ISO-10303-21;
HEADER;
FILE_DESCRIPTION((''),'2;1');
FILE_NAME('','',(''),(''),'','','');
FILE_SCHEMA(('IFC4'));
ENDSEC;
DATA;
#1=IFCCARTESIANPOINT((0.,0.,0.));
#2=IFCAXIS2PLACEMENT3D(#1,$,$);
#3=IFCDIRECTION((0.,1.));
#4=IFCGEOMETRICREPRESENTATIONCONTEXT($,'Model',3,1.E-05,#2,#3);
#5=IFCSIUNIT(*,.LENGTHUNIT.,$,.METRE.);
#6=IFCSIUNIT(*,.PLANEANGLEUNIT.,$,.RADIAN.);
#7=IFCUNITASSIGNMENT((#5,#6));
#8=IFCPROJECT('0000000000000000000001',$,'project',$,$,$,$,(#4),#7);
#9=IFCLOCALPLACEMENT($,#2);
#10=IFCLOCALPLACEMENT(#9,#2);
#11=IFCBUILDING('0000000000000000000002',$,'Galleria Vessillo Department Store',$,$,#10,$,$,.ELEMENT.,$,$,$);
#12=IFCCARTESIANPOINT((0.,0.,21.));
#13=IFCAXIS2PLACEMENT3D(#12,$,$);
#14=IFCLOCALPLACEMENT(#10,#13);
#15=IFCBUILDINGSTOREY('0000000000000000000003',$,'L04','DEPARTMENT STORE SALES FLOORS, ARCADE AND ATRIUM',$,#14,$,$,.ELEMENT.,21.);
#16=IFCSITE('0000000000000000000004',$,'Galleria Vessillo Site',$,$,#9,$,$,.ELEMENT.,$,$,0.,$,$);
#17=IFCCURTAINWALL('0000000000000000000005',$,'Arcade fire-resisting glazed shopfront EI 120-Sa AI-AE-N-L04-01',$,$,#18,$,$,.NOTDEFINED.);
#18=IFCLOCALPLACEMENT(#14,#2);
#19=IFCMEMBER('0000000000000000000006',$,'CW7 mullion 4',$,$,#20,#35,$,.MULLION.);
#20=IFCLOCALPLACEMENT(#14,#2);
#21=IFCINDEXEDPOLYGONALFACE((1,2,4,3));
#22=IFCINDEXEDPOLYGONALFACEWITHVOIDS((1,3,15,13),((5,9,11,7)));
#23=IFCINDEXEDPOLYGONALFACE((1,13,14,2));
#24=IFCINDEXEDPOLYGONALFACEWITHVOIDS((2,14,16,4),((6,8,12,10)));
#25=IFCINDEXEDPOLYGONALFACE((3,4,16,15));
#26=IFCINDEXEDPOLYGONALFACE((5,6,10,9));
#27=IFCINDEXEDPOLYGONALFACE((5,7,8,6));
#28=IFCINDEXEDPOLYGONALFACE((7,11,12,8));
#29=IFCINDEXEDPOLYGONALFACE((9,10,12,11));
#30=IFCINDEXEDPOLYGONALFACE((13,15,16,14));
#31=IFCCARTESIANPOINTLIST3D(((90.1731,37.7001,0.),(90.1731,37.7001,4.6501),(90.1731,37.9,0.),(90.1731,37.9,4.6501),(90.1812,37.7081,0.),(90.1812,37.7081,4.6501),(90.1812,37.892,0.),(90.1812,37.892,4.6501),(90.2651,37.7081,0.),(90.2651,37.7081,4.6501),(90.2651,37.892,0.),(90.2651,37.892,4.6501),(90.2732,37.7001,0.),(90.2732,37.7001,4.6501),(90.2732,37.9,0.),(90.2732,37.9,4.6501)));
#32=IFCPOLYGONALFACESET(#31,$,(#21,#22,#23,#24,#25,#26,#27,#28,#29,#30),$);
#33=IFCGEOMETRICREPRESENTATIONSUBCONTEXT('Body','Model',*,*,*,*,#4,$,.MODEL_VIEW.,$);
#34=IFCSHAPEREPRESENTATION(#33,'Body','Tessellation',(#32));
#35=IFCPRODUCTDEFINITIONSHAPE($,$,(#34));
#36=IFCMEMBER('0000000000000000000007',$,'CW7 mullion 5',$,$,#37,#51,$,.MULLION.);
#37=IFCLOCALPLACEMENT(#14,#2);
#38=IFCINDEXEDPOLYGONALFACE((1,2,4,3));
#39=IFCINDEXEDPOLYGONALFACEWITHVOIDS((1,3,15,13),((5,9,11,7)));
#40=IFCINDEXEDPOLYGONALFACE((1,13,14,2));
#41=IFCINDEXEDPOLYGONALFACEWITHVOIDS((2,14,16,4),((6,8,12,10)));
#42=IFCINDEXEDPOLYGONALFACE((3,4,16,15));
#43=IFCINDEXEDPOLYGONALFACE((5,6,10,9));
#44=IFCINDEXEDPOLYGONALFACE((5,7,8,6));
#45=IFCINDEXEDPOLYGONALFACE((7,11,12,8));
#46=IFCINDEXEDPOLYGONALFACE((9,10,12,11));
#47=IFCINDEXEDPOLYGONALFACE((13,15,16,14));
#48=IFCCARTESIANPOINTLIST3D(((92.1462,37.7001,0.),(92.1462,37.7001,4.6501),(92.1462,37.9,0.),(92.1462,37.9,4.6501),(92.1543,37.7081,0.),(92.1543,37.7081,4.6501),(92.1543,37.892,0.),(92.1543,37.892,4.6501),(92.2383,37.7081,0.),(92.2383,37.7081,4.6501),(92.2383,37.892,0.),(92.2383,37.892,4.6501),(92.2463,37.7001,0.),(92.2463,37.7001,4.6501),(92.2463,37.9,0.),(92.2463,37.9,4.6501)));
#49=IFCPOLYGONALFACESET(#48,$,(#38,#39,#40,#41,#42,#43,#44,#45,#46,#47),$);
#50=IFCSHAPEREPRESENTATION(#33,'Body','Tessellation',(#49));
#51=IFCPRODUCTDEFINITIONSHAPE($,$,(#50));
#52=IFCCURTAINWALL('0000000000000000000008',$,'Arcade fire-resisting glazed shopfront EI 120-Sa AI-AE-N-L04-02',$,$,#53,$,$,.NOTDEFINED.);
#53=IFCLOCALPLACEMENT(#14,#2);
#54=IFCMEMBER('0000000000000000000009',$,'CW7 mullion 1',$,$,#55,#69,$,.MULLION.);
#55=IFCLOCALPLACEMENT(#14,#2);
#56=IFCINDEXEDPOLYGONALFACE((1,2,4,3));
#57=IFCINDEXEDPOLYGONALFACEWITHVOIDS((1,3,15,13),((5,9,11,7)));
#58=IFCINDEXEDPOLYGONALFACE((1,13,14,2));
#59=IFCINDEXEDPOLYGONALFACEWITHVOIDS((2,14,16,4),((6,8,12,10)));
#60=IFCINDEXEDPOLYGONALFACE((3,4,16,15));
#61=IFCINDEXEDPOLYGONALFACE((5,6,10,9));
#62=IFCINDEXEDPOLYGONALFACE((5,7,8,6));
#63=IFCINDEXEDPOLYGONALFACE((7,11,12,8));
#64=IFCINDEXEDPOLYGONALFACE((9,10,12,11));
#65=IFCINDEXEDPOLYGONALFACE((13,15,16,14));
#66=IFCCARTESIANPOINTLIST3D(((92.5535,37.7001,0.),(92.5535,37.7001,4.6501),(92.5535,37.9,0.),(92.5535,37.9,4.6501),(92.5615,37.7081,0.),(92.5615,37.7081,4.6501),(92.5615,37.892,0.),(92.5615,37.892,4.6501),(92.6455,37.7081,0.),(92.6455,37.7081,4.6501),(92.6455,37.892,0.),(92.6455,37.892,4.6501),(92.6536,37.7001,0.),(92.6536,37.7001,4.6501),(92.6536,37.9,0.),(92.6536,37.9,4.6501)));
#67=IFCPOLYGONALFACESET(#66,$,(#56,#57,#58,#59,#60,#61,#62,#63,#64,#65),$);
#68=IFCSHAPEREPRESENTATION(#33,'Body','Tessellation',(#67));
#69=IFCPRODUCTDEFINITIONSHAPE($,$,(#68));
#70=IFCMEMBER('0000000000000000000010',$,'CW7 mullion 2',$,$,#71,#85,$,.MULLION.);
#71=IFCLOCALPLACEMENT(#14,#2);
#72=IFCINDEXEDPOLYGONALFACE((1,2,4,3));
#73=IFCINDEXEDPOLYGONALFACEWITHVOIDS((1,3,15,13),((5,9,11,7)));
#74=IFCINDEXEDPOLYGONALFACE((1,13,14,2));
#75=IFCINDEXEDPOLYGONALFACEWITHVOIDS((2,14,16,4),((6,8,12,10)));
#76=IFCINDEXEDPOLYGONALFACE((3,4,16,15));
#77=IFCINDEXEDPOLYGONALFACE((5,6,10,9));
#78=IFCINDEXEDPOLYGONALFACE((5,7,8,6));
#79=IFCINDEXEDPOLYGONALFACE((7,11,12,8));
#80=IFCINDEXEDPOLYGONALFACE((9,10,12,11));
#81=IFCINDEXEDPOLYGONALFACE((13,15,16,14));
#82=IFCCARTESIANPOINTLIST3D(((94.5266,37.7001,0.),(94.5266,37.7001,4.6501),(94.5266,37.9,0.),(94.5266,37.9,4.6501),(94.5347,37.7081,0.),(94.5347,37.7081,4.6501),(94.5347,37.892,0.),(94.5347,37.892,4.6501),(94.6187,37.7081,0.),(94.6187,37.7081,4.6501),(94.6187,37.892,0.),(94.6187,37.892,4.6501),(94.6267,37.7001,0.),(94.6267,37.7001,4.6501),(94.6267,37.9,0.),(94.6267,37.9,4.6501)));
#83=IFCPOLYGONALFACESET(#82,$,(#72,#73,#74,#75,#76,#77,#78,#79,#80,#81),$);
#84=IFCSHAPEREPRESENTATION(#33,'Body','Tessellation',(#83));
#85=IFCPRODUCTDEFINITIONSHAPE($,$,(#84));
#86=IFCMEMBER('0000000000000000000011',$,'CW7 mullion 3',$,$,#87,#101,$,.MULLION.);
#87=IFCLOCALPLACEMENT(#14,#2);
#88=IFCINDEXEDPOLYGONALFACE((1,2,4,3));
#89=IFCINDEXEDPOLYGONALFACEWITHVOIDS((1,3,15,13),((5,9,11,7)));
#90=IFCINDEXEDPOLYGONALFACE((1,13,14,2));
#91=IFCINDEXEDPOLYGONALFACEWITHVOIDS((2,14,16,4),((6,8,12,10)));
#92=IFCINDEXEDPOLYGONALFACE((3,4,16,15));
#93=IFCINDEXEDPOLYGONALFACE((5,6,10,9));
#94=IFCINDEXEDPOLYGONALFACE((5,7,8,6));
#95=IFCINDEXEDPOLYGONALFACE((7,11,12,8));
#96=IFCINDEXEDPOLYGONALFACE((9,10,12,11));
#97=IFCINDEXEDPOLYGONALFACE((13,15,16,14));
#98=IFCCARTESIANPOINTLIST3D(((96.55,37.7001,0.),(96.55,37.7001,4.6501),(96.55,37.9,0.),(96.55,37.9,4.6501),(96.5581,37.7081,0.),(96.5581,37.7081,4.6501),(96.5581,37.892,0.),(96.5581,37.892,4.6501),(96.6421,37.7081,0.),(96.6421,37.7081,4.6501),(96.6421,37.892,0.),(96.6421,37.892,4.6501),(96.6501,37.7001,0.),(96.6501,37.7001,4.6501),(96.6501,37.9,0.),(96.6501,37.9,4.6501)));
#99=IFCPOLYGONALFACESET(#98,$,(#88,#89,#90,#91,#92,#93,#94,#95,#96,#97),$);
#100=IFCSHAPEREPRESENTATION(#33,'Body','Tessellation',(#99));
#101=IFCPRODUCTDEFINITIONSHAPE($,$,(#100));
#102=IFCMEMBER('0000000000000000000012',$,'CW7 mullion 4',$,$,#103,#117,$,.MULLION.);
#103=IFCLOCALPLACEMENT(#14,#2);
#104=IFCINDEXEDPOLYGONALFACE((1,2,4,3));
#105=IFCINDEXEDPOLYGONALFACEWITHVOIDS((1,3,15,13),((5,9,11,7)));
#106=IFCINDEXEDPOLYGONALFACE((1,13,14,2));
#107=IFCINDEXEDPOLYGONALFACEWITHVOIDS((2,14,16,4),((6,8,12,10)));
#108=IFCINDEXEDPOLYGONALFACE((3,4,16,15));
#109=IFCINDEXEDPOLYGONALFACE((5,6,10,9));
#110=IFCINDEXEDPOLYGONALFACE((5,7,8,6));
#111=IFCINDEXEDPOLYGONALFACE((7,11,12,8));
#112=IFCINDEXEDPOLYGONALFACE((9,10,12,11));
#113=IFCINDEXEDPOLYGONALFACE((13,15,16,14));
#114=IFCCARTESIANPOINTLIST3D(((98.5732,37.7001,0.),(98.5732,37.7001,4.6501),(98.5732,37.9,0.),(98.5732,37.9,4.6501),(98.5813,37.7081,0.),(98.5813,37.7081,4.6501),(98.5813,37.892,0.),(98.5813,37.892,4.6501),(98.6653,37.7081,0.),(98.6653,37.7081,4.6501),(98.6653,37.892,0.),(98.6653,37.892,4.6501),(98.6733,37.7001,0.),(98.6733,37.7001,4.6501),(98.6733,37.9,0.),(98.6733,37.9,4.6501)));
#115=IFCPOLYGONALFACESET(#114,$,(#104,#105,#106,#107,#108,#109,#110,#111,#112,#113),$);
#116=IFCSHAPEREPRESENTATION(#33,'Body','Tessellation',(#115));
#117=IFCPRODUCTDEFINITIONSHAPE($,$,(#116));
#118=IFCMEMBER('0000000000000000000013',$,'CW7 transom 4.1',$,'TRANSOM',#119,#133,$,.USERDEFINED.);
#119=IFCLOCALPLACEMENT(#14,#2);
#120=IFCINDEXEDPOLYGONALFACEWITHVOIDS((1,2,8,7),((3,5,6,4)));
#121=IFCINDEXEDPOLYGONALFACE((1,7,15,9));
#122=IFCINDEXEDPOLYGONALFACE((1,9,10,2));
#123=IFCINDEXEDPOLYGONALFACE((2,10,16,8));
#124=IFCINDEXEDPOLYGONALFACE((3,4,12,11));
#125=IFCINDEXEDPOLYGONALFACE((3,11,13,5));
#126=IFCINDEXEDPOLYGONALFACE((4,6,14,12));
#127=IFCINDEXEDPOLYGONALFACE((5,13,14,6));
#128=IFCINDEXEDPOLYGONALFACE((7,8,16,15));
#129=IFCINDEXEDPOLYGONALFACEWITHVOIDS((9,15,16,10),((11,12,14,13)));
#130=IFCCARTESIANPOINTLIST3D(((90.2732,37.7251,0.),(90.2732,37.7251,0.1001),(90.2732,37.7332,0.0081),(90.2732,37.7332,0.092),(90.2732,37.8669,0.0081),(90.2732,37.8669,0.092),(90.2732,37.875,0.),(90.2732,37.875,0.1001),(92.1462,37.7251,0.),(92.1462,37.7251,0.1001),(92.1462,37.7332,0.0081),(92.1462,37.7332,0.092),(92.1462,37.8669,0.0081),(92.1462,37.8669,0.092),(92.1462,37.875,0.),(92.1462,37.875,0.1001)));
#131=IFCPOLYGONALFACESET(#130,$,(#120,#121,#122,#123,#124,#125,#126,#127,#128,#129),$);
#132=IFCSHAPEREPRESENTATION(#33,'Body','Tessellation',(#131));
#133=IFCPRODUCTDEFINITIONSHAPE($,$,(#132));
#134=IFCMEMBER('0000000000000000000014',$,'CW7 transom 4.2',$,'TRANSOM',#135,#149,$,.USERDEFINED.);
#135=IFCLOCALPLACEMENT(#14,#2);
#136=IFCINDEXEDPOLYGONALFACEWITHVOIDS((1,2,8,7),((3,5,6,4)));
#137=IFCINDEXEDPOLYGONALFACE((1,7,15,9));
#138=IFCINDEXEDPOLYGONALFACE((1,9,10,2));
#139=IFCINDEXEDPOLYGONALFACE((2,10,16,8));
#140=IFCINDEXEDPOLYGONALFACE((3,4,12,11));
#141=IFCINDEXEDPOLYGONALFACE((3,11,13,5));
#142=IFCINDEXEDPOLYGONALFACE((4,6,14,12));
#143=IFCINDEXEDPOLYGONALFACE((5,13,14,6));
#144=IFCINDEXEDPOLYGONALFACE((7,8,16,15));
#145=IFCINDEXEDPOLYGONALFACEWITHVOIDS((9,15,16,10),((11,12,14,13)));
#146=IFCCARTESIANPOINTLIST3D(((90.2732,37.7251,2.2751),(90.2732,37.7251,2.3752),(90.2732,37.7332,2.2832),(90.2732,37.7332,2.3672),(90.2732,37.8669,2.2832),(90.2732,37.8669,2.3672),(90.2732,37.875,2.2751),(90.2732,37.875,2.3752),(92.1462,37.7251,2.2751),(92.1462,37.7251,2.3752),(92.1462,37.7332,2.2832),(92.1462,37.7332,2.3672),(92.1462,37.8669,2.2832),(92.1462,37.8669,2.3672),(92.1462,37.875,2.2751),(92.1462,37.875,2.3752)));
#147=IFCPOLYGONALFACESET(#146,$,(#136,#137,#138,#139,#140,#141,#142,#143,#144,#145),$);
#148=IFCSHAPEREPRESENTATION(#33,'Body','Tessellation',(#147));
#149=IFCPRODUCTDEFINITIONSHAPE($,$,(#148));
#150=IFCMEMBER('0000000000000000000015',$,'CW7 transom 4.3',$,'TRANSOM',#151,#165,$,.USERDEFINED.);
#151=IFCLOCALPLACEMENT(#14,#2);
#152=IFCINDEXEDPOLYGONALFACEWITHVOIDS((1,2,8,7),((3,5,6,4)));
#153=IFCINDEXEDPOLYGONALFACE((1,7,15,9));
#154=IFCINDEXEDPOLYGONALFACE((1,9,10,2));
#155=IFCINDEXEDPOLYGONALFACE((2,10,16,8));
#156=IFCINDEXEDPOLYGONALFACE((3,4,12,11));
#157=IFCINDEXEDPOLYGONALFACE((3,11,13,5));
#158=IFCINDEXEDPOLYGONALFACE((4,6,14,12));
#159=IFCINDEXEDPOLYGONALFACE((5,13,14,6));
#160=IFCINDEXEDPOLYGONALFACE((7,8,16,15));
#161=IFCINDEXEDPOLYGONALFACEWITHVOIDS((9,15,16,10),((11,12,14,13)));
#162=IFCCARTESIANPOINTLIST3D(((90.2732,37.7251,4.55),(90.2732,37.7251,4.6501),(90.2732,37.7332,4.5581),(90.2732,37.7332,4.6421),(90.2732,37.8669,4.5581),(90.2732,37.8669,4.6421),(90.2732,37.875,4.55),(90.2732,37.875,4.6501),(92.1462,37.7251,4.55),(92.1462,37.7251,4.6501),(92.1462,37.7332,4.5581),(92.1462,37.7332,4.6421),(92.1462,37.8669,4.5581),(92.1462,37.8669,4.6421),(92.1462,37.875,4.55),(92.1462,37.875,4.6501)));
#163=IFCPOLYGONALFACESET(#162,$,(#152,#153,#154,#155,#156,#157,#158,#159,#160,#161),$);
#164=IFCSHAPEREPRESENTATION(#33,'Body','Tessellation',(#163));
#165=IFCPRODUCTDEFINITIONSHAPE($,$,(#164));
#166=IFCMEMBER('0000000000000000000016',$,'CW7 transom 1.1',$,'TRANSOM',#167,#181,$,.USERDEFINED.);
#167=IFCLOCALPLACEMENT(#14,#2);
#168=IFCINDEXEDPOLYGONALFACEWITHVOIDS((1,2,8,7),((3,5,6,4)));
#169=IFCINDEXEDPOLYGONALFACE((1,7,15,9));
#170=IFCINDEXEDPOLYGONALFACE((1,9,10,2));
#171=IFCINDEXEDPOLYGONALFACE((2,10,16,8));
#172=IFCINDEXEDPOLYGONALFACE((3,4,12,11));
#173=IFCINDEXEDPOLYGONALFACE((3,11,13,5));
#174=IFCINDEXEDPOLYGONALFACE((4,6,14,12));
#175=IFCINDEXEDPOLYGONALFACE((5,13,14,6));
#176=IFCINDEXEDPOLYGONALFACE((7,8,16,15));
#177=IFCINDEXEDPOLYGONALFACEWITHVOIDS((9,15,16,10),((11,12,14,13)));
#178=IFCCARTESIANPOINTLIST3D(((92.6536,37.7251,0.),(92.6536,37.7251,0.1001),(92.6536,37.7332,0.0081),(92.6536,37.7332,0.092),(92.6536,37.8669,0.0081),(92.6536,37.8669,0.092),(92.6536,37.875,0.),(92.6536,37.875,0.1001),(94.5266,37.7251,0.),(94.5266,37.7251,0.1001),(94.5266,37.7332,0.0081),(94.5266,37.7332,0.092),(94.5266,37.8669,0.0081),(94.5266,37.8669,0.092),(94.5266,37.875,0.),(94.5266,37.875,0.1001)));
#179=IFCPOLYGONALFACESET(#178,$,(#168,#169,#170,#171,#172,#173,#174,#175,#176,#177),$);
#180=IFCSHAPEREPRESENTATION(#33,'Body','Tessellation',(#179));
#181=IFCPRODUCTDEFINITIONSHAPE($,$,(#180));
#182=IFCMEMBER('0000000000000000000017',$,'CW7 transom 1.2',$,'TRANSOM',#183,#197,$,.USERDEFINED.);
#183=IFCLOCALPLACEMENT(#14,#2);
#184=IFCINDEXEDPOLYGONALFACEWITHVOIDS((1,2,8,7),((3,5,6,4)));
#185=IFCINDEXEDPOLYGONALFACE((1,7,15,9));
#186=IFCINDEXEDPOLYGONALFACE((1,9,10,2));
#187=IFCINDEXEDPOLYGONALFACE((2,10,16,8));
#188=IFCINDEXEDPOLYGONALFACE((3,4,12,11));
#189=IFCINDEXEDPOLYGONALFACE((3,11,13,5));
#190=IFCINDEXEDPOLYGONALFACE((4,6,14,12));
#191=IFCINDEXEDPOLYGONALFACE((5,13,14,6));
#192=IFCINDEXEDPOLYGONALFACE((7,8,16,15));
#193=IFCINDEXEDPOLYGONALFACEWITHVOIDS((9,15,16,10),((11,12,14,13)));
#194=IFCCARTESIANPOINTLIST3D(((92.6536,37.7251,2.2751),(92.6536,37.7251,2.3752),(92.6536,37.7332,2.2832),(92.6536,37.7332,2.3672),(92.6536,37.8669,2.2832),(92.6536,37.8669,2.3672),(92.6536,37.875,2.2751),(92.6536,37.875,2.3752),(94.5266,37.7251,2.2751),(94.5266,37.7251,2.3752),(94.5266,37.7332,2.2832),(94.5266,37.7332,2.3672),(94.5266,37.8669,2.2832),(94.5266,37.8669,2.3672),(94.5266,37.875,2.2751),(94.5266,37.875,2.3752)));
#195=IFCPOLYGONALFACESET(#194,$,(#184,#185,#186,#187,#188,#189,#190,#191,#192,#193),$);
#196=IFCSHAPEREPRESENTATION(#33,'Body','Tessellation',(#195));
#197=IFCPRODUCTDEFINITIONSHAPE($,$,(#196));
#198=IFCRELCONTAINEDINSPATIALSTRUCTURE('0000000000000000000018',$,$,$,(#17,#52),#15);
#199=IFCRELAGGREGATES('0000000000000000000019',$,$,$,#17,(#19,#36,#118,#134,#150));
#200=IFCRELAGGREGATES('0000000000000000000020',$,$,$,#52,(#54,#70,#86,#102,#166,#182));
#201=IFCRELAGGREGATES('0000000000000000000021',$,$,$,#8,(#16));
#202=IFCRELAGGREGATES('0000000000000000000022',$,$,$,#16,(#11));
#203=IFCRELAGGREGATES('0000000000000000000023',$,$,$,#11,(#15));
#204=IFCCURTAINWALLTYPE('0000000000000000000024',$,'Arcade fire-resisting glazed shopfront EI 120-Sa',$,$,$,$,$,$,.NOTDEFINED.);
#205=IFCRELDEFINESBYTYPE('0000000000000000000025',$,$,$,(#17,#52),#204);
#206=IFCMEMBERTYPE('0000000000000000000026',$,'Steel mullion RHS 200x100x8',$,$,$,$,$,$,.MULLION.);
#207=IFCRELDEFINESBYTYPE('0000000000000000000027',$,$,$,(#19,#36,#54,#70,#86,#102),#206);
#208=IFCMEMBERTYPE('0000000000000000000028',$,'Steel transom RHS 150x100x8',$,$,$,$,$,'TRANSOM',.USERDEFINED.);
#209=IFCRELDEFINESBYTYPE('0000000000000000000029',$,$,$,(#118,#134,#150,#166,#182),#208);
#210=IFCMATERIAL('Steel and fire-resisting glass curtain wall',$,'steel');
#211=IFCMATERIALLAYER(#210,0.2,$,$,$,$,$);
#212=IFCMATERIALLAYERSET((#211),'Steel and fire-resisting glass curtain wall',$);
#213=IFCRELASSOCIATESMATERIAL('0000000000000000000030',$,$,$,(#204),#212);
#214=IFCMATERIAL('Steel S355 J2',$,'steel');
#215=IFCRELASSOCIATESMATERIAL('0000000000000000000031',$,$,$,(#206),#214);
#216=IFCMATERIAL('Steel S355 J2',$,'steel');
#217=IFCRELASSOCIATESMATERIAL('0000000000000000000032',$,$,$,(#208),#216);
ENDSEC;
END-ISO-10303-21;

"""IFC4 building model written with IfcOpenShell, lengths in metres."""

from ifc_helpers import new_model, si_unit, direction, frame, origin, origin_2d, place, context, subcontext, project, spatial, hollow_rectangle, extrude, material, layer, layer_set, material_profile, profile_set, type_object, element, aggregate, save


model = new_model("IFC4")

# Units and contexts
model_context = context("Model", 3, precision=1e-05, world=origin(), true_north=direction((0.0, 1.0)))
body_context = subcontext(model_context, "Body", "Model", "MODEL_VIEW")
ifc_project = project(units=[si_unit("LENGTHUNIT", "METRE"), si_unit("PLANEANGLEUNIT", "RADIAN")], contexts=[model_context])

# Site, building, storey
site_placement = place(None, origin())
site = spatial("IfcSite", under=ifc_project, at=site_placement, Name="Galleria Vessillo Site", CompositionType="ELEMENT", RefElevation=0.0)
building_placement = place(site_placement, origin())
building = spatial("IfcBuilding", under=site, at=building_placement, Name="Galleria Vessillo Department Store", CompositionType="ELEMENT")
storey_placement = place(building_placement, frame((0.0, 0.0, 21.0)))
storey = spatial("IfcBuildingStorey", under=building, at=storey_placement, Name="L04", Description="DEPARTMENT STORE SALES FLOORS, ARCADE AND ATRIUM", CompositionType="ELEMENT", Elevation=21.0)

# Curtain walls, members
ifc_material_1 = material(Name="Steel and fire-resisting glass curtain wall", Category="steel")
ifc_layer_1 = layer(ifc_material_1, 0.2)
ifc_layer_set_1 = layer_set([ifc_layer_1], Name="Steel and fire-resisting glass curtain wall")
curtain_wall_type = type_object("IfcCurtainWallType", Name="Arcade fire-resisting glazed shopfront EI 120-Sa", PredefinedType="NOTDEFINED", material=ifc_layer_set_1)
curtain_wall_1_placement = place(storey_placement, origin())
curtain_wall_1 = element("IfcCurtainWall", 1, at=curtain_wall_1_placement, inside=storey, type_object=curtain_wall_type, Name="Arcade fire-resisting glazed shopfront EI 120-Sa AI-AE-N-L04-01", PredefinedType="NOTDEFINED")
ifc_material_2 = material(Name="Steel S355 J2", Category="steel")
ifc_material_profile_1 = material_profile(ifc_material_2, hollow_rectangle(XDim=0.2, YDim=0.1001, WallThickness=0.0081, at=origin_2d()), Name="RHS 200x100x8")
ifc_profile_set_1 = profile_set([ifc_material_profile_1], Name="Steel S355 J2")
member_type_1 = type_object("IfcMemberType", Name="Steel mullion RHS 200x100x8", PredefinedType="MULLION", material=ifc_profile_set_1)
member_1_placement = place(storey_placement, frame((90.2231, 37.8, 0.0), z_axis=(0.0, 0.0, 1.0), x_axis=(0.0, 1.0, 0.0)))
member_1 = element("IfcMember", 2, at=member_1_placement, type_object=member_type_1, Name="CW7 mullion 4", PredefinedType="MULLION", context=body_context, shape_type="SweptSolid", body=[
    extrude(hollow_rectangle(XDim=0.2, YDim=0.1001, WallThickness=0.0081, at=origin_2d()), origin(), (0.0, 0.0, 1.0), 4.6501),
])
member_2_placement = place(storey_placement, frame((92.1963, 37.8, 0.0), z_axis=(0.0, 0.0, 1.0), x_axis=(0.0, 1.0, 0.0)))
member_2 = element("IfcMember", 3, at=member_2_placement, type_object=member_type_1, Name="CW7 mullion 5", PredefinedType="MULLION", context=body_context, shape_type="SweptSolid", body=[
    extrude(hollow_rectangle(XDim=0.2, YDim=0.1001, WallThickness=0.0081, at=origin_2d()), origin(), (0.0, 0.0, 1.0), 4.6501),
])
curtain_wall_2_placement = place(storey_placement, origin())
curtain_wall_2 = element("IfcCurtainWall", 4, at=curtain_wall_2_placement, inside=storey, type_object=curtain_wall_type, Name="Arcade fire-resisting glazed shopfront EI 120-Sa AI-AE-N-L04-02", PredefinedType="NOTDEFINED")
member_3_placement = place(storey_placement, frame((92.6035, 37.8, 0.0), z_axis=(0.0, 0.0, 1.0), x_axis=(0.0, 1.0, 0.0)))
member_3 = element("IfcMember", 5, at=member_3_placement, type_object=member_type_1, Name="CW7 mullion 1", PredefinedType="MULLION", context=body_context, shape_type="SweptSolid", body=[
    extrude(hollow_rectangle(XDim=0.2, YDim=0.1001, WallThickness=0.0081, at=origin_2d()), origin(), (0.0, 0.0, 1.0), 4.6501),
])
member_4_placement = place(storey_placement, frame((94.5767, 37.8, 0.0), z_axis=(0.0, 0.0, 1.0), x_axis=(0.0, 1.0, 0.0)))
member_4 = element("IfcMember", 6, at=member_4_placement, type_object=member_type_1, Name="CW7 mullion 2", PredefinedType="MULLION", context=body_context, shape_type="SweptSolid", body=[
    extrude(hollow_rectangle(XDim=0.2, YDim=0.1001, WallThickness=0.0081, at=origin_2d()), origin(), (0.0, 0.0, 1.0), 4.6501),
])
member_5_placement = place(storey_placement, frame((96.6001, 37.8, 0.0), z_axis=(0.0, 0.0, 1.0), x_axis=(0.0, 1.0, 0.0)))
member_5 = element("IfcMember", 7, at=member_5_placement, type_object=member_type_1, Name="CW7 mullion 3", PredefinedType="MULLION", context=body_context, shape_type="SweptSolid", body=[
    extrude(hollow_rectangle(XDim=0.2, YDim=0.1001, WallThickness=0.0081, at=origin_2d()), origin(), (0.0, 0.0, 1.0), 4.6501),
])
member_6_placement = place(storey_placement, frame((98.6233, 37.8, 0.0), z_axis=(0.0, 0.0, 1.0), x_axis=(0.0, 1.0, 0.0)))
member_6 = element("IfcMember", 8, at=member_6_placement, type_object=member_type_1, Name="CW7 mullion 4", PredefinedType="MULLION", context=body_context, shape_type="SweptSolid", body=[
    extrude(hollow_rectangle(XDim=0.2, YDim=0.1001, WallThickness=0.0081, at=origin_2d()), origin(), (0.0, 0.0, 1.0), 4.6501),
])

# Members
ifc_material_3 = material(Name="Steel S355 J2", Category="steel")
ifc_material_profile_2 = material_profile(ifc_material_3, hollow_rectangle(XDim=0.1499, YDim=0.1001, WallThickness=0.0081, at=origin_2d()), Name="RHS 150x100x8")
ifc_profile_set_2 = profile_set([ifc_material_profile_2], Name="Steel S355 J2")
member_type_2 = type_object("IfcMemberType", Name="Steel transom RHS 150x100x8", ElementType="TRANSOM", PredefinedType="USERDEFINED", material=ifc_profile_set_2)
member_7_placement = place(storey_placement, frame((90.2732, 37.8, 0.05), z_axis=(1.0, 0.0, 0.0), x_axis=(0.0, 1.0, 0.0)))
member_7 = element("IfcMember", 9, at=member_7_placement, type_object=member_type_2, Name="CW7 transom 4.1", ObjectType="TRANSOM", PredefinedType="USERDEFINED", context=body_context, shape_type="SweptSolid", body=[
    extrude(hollow_rectangle(XDim=0.1499, YDim=0.1001, WallThickness=0.0081, at=origin_2d()), origin(), (0.0, 0.0, 1.0), 1.873),
])
member_8_placement = place(storey_placement, frame((90.2732, 37.8, 2.3252), z_axis=(1.0, 0.0, 0.0), x_axis=(0.0, 1.0, 0.0)))
member_8 = element("IfcMember", 10, at=member_8_placement, type_object=member_type_2, Name="CW7 transom 4.2", ObjectType="TRANSOM", PredefinedType="USERDEFINED", context=body_context, shape_type="SweptSolid", body=[
    extrude(hollow_rectangle(XDim=0.1499, YDim=0.1001, WallThickness=0.0081, at=origin_2d()), origin(), (0.0, 0.0, 1.0), 1.873),
])
member_9_placement = place(storey_placement, frame((90.2732, 37.8, 4.6001), z_axis=(1.0, 0.0, 0.0), x_axis=(0.0, 1.0, 0.0)))
member_9 = element("IfcMember", 11, at=member_9_placement, type_object=member_type_2, Name="CW7 transom 4.3", ObjectType="TRANSOM", PredefinedType="USERDEFINED", context=body_context, shape_type="SweptSolid", body=[
    extrude(hollow_rectangle(XDim=0.1499, YDim=0.1001, WallThickness=0.0081, at=origin_2d()), origin(), (0.0, 0.0, 1.0), 1.873),
])
member_10_placement = place(storey_placement, frame((92.6536, 37.8, 0.05), z_axis=(1.0, 0.0, 0.0), x_axis=(0.0, 1.0, 0.0)))
member_10 = element("IfcMember", 12, at=member_10_placement, type_object=member_type_2, Name="CW7 transom 1.1", ObjectType="TRANSOM", PredefinedType="USERDEFINED", context=body_context, shape_type="SweptSolid", body=[
    extrude(hollow_rectangle(XDim=0.1499, YDim=0.1001, WallThickness=0.0081, at=origin_2d()), origin(), (0.0, 0.0, 1.0), 1.873),
])
member_11_placement = place(storey_placement, frame((92.6536, 37.8, 2.3252), z_axis=(1.0, 0.0, 0.0), x_axis=(0.0, 1.0, 0.0)))
member_11 = element("IfcMember", 13, at=member_11_placement, type_object=member_type_2, Name="CW7 transom 1.2", ObjectType="TRANSOM", PredefinedType="USERDEFINED", context=body_context, shape_type="SweptSolid", body=[
    extrude(hollow_rectangle(XDim=0.1499, YDim=0.1001, WallThickness=0.0081, at=origin_2d()), origin(), (0.0, 0.0, 1.0), 1.873),
])

aggregate(curtain_wall_1, [member_1, member_2, member_7, member_8, member_9])
aggregate(curtain_wall_2, [member_3, member_4, member_5, member_6, member_10, member_11])

save(model, "model.ifc")
